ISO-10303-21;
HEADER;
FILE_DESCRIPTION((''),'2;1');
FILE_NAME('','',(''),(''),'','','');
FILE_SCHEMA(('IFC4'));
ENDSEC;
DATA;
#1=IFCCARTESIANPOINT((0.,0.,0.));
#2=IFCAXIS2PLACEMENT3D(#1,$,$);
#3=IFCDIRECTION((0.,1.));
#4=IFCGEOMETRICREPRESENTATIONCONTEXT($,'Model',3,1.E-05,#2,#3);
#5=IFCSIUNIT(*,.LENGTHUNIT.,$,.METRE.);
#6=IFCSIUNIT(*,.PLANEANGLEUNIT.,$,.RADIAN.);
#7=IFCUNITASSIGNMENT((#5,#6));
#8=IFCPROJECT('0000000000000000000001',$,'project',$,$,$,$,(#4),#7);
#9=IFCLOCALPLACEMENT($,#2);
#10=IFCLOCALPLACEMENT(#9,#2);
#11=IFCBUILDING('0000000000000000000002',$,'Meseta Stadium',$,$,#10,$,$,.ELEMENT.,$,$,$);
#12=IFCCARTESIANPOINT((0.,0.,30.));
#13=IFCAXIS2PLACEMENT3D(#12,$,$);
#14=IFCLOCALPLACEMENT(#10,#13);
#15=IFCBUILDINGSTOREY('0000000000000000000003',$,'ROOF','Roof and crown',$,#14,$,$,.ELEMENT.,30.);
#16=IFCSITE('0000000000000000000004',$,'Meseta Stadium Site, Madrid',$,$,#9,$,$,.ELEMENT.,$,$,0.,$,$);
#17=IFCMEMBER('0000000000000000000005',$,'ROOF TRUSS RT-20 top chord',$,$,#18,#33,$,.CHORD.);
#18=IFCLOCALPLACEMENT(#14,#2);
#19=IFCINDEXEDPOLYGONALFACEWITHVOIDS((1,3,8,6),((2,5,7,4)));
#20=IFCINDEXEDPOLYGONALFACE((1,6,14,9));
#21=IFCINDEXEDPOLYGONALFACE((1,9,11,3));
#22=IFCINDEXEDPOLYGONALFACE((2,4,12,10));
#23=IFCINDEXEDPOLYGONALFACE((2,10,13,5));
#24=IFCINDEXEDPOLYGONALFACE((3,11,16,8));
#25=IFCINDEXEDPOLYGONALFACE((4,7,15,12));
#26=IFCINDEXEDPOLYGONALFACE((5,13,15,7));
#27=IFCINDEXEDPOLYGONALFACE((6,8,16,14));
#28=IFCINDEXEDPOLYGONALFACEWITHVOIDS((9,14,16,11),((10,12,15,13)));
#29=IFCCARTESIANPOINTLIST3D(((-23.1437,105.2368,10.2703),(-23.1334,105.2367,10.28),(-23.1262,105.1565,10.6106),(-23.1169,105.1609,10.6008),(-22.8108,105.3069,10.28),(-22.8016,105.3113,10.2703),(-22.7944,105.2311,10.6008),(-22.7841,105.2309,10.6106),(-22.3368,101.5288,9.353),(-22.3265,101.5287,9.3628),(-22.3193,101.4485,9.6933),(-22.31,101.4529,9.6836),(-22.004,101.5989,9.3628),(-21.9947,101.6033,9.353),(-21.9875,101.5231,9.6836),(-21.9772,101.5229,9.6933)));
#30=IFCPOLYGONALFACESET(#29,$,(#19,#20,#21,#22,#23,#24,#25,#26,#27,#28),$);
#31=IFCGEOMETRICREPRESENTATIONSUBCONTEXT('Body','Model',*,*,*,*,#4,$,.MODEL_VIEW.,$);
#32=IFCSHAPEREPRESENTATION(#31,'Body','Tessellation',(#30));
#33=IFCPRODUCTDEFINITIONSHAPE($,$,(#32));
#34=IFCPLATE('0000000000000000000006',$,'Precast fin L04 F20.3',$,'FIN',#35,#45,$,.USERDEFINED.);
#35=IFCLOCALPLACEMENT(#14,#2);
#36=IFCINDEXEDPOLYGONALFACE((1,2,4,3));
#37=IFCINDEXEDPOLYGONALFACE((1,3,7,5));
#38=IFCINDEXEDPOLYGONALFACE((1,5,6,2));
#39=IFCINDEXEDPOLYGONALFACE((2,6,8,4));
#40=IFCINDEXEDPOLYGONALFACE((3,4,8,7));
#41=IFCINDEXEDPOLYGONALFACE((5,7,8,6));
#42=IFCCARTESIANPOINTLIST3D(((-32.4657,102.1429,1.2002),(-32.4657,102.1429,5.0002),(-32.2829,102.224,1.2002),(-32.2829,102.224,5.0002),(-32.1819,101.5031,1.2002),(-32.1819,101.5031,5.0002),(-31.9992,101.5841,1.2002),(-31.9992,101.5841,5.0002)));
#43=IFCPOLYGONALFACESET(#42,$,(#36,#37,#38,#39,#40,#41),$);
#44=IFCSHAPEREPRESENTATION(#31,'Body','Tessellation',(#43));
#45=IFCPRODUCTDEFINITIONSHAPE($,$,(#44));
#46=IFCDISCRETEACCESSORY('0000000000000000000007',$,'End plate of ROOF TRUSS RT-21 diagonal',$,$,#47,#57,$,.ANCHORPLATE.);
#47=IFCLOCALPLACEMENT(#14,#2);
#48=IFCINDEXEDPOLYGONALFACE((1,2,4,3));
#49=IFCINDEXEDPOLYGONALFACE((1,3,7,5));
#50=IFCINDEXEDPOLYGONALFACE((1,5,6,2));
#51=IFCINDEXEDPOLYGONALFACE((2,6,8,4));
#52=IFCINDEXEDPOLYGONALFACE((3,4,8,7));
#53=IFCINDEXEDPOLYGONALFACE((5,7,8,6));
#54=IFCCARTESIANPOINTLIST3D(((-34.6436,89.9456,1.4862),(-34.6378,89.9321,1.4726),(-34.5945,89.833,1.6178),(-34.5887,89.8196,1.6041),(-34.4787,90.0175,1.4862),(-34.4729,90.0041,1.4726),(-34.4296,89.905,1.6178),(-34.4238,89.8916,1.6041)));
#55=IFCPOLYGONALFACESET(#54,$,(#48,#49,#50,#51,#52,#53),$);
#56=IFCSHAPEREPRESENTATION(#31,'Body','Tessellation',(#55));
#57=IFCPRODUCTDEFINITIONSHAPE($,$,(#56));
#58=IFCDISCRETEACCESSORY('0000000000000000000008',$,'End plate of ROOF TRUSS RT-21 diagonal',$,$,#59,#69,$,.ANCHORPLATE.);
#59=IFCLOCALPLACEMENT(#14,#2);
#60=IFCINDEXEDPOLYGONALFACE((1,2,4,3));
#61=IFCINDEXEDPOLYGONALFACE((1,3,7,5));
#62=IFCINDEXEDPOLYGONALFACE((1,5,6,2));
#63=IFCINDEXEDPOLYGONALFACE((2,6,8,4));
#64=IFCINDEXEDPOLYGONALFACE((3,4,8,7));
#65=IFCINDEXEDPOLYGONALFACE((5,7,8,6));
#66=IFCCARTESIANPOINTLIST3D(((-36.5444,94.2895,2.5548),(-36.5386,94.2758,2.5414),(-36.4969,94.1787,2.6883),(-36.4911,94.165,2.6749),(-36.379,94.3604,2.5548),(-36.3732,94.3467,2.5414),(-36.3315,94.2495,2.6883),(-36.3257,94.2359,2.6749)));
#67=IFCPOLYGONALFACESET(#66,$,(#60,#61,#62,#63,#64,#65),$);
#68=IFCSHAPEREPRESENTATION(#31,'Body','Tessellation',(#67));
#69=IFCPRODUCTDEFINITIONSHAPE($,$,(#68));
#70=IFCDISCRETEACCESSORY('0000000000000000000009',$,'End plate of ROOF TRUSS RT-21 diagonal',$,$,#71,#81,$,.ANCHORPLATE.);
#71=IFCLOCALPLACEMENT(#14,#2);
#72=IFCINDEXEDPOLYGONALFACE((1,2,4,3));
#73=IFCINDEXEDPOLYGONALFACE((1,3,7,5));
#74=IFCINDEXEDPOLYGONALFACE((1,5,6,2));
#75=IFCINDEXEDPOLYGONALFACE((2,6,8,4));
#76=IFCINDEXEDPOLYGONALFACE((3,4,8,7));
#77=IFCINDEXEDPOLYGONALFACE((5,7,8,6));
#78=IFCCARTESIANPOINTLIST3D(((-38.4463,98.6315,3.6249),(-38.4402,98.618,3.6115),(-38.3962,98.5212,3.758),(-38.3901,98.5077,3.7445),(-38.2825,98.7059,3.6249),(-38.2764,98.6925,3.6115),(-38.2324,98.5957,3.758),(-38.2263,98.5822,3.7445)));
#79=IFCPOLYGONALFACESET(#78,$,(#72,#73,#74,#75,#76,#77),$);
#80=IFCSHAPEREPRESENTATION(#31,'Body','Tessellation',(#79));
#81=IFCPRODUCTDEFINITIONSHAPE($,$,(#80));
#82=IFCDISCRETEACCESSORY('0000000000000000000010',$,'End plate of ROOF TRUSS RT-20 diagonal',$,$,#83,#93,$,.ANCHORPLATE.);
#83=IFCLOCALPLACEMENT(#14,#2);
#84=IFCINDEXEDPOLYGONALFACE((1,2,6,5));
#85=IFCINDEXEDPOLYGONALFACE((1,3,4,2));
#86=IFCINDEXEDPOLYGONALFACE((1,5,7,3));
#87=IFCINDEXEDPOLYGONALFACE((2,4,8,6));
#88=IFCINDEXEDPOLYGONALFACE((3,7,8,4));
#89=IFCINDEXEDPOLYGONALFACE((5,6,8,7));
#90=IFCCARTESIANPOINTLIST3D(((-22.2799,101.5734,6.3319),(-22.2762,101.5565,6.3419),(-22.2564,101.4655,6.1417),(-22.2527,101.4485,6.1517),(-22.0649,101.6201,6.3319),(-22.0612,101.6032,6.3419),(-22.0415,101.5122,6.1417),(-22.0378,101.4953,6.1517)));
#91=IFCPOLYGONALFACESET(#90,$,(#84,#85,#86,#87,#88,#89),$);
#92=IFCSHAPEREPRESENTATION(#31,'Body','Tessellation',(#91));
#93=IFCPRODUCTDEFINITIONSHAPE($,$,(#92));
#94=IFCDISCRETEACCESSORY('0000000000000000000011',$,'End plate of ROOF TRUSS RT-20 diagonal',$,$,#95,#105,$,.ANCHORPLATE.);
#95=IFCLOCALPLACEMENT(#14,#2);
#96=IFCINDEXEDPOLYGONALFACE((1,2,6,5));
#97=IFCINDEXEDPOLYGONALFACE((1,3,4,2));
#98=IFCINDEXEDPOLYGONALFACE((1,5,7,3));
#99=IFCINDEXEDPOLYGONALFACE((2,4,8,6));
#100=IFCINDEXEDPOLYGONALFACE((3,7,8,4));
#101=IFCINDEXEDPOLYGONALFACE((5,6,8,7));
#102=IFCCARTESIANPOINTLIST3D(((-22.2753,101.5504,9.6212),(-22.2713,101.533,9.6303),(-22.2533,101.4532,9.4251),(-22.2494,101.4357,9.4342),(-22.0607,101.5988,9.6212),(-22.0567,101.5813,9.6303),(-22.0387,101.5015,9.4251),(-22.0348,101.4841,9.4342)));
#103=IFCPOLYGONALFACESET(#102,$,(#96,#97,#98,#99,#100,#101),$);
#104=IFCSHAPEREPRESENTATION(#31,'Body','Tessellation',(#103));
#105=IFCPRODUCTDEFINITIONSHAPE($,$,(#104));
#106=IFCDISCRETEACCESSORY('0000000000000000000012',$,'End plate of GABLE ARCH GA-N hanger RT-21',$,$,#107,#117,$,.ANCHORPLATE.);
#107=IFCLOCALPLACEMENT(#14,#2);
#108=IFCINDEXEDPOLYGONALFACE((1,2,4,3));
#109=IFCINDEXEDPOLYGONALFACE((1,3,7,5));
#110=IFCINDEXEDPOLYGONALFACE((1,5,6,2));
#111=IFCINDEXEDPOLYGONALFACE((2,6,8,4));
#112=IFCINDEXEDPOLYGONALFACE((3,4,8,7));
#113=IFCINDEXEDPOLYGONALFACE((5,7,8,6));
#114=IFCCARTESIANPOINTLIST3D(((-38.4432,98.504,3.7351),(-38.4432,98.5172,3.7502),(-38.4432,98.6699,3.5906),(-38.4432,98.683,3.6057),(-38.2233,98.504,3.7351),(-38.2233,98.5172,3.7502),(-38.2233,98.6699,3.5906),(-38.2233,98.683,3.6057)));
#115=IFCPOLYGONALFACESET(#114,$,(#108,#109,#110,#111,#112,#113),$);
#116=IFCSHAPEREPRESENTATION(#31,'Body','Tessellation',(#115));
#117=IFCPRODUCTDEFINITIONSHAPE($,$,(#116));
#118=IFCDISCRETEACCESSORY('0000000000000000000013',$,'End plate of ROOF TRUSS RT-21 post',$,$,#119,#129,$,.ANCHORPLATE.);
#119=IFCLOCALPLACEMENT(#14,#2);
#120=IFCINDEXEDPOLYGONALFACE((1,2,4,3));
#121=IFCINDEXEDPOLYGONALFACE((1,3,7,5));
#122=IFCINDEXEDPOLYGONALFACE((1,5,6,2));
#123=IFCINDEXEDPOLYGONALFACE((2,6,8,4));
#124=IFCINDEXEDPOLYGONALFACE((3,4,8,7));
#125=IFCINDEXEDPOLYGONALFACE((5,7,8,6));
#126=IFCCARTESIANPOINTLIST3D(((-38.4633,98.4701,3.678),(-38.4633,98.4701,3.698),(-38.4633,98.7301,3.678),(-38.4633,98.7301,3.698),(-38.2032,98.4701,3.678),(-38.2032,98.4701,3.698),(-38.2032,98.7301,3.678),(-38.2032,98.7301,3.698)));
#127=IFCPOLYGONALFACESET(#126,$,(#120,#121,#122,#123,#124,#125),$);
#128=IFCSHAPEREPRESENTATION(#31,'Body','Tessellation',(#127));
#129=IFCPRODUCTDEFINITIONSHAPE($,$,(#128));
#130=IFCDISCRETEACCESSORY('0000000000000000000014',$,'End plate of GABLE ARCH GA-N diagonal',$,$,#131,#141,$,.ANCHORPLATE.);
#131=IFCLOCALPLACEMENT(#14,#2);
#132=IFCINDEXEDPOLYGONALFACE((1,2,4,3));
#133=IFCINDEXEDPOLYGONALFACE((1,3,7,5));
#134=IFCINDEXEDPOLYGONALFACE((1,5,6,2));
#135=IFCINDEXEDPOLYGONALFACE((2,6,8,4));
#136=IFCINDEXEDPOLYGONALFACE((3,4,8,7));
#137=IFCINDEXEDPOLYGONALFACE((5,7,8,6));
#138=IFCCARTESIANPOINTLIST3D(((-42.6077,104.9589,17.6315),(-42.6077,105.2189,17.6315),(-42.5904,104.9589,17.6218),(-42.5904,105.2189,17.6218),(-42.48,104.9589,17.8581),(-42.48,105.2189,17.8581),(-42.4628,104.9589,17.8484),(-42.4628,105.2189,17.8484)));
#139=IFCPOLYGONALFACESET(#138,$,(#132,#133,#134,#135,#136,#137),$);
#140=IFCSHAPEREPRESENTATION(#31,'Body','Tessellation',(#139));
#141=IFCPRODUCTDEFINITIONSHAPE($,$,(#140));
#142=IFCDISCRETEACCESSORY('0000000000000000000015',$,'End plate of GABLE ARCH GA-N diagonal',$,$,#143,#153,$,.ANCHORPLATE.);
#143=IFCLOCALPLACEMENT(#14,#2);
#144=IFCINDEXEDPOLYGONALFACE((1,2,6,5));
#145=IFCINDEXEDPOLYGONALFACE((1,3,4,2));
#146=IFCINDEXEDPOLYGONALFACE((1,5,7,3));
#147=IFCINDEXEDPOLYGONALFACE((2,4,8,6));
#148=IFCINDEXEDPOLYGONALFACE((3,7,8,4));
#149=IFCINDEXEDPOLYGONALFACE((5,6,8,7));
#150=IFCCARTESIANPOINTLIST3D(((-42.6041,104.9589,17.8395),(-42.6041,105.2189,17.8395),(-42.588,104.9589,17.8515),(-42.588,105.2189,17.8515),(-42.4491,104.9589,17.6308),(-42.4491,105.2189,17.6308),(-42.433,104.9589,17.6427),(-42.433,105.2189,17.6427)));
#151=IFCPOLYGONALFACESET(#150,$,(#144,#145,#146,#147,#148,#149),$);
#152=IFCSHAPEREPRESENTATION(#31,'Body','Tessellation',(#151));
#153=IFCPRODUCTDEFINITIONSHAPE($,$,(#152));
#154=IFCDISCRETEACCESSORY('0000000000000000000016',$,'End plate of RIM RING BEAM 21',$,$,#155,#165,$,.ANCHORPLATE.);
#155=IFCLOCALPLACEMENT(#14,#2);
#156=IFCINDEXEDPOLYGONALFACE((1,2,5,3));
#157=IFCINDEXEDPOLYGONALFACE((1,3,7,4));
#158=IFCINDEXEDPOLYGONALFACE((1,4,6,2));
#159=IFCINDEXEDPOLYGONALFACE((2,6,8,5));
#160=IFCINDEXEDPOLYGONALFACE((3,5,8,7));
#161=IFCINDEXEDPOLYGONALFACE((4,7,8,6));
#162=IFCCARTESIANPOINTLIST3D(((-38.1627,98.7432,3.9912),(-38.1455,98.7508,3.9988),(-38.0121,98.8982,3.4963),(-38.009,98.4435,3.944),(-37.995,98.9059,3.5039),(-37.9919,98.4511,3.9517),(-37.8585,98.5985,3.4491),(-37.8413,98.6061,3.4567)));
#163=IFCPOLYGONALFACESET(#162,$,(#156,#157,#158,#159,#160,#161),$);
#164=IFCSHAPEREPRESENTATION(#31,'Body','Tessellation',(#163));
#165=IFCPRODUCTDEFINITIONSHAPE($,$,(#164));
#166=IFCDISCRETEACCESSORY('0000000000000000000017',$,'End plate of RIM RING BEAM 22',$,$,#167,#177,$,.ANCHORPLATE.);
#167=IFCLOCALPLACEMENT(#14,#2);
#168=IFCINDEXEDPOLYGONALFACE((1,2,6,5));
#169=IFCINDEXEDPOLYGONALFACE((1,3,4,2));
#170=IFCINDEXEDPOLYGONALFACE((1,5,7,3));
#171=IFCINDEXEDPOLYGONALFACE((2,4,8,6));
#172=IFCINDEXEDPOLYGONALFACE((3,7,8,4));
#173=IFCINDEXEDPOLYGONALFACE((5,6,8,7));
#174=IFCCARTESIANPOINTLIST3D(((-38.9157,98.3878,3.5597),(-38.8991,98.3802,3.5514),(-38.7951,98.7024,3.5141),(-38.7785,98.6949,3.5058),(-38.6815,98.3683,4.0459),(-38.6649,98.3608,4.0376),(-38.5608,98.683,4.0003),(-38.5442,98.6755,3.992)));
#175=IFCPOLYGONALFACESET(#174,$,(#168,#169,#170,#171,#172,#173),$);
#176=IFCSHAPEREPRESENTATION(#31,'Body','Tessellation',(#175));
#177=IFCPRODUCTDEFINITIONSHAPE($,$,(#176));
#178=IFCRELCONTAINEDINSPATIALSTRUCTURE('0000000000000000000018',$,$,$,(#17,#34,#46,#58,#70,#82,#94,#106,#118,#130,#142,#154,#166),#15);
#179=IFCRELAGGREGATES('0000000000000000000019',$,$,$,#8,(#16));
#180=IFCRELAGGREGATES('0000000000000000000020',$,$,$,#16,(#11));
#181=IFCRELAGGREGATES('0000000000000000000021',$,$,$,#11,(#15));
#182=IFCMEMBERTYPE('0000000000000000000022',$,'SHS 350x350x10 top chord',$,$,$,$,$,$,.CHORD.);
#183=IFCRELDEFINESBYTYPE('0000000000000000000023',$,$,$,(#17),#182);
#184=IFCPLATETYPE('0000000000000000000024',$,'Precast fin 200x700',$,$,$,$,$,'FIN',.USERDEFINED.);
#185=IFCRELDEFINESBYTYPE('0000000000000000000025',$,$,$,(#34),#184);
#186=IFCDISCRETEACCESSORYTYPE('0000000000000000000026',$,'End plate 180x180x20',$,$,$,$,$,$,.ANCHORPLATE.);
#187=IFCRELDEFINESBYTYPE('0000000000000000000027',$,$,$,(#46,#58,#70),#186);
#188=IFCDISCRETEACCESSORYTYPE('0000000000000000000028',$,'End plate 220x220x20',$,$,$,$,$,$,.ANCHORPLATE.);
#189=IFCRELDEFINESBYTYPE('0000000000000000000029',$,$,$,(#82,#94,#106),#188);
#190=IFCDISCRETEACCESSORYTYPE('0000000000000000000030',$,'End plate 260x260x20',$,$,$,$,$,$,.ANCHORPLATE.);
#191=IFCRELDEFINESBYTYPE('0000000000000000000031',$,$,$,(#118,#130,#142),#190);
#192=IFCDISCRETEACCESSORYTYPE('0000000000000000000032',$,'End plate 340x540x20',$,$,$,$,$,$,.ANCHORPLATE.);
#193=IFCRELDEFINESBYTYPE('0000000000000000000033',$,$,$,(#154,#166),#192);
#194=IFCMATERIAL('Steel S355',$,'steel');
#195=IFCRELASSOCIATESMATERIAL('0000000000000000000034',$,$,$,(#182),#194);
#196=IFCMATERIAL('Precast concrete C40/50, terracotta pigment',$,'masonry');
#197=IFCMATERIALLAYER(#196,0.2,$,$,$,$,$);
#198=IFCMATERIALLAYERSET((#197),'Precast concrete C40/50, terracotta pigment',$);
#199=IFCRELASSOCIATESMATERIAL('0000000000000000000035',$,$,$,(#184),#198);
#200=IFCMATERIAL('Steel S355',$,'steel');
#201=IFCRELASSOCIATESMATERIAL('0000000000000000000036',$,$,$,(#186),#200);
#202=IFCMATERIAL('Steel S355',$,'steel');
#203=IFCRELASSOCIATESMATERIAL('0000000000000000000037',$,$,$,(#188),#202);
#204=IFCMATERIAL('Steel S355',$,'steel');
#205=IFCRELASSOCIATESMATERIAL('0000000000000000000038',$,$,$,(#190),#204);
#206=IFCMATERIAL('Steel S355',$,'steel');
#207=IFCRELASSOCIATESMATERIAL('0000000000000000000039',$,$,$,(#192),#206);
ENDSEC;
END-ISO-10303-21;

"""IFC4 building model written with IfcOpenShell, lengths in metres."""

from ifc_helpers import new_model, si_unit, direction, frame, origin, origin_2d, place, context, subcontext, project, spatial, rectangle, hollow_rectangle, extrude, material, layer, layer_set, material_profile, profile_set, type_object, element, save


model = new_model("IFC4")

# Units and contexts
model_context = context("Model", 3, precision=1e-05, world=origin(), true_north=direction((0.0, 1.0)))
body_context = subcontext(model_context, "Body", "Model", "MODEL_VIEW")
ifc_project = project(units=[si_unit("LENGTHUNIT", "METRE"), si_unit("PLANEANGLEUNIT", "RADIAN")], contexts=[model_context])

# Site, building, storey
site_placement = place(None, origin())
site = spatial("IfcSite", under=ifc_project, at=site_placement, Name="Meseta Stadium Site, Madrid", CompositionType="ELEMENT", RefElevation=0.0)
building_placement = place(site_placement, origin())
building = spatial("IfcBuilding", under=site, at=building_placement, Name="Meseta Stadium", CompositionType="ELEMENT")
storey_placement = place(building_placement, frame((0.0, 0.0, 30.0)))
storey = spatial("IfcBuildingStorey", under=building, at=storey_placement, Name="ROOF", Description="Roof and crown", CompositionType="ELEMENT", Elevation=30.0)

# Member
ifc_material_1 = material(Name="Steel S355", Category="steel")
ifc_material_profile_1 = material_profile(ifc_material_1, hollow_rectangle(XDim=0.3501, YDim=0.3501, WallThickness=0.01, at=origin_2d()), Name="SHS 350x350x10")
ifc_profile_set_1 = profile_set([ifc_material_profile_1], Name="Steel S355")
member_type_1 = type_object("IfcMemberType", Name="SHS 350x350x10 top chord", PredefinedType="CHORD", material=ifc_profile_set_1)
member_1_placement = place(storey_placement, frame((-22.157, 101.5259, 9.5232), z_axis=(-0.206678, 0.949782, 0.234944), x_axis=(-0.977133, -0.21263, 0.0)))
element("IfcMember", 1, at=member_1_placement, inside=storey, type_object=member_type_1, Name="ROOF TRUSS RT-20 top chord", PredefinedType="CHORD", context=body_context, shape_type="SweptSolid", body=[
    extrude(hollow_rectangle(XDim=0.3501, YDim=0.3501, WallThickness=0.01, at=origin_2d()), origin(), (0.0, 0.0, 1.0), 3.9041),
])

# Plate
ifc_material_2 = material(Name="Precast concrete C40/50, terracotta pigment", Category="masonry")
ifc_layer = layer(ifc_material_2, 0.2)
ifc_layer_set = layer_set([ifc_layer], Name="Precast concrete C40/50, terracotta pigment")
plate_type = type_object("IfcPlateType", Name="Precast fin 200x700", ElementType="FIN", PredefinedType="USERDEFINED", material=ifc_layer_set)
plate_placement = place(storey_placement, frame((-32.2324, 101.8635, 1.2002), z_axis=(0.0, 0.0, 1.0), x_axis=(0.914139, 0.4054, 0.0)))
element("IfcPlate", 2, at=plate_placement, inside=storey, type_object=plate_type, Name="Precast fin L04 F20.3", ObjectType="FIN", PredefinedType="USERDEFINED", context=body_context, shape_type="SweptSolid", body=[
    extrude(rectangle(XDim=0.2, YDim=0.7, at=origin_2d()), origin(), (0.0, 0.0, 1.0), 3.8),
])

# Discrete accessories
ifc_material_3 = material(Name="Steel S355", Category="steel")
ifc_material_profile_2 = material_profile(ifc_material_3, rectangle(XDim=0.1799, YDim=0.1799, at=origin_2d()), Name="PL 180x180")
ifc_profile_set_2 = profile_set([ifc_material_profile_2], Name="Steel S355")
discrete_accessory_type_1 = type_object("IfcDiscreteAccessoryType", Name="End plate 180x180x20", PredefinedType="ANCHORPLATE", material=ifc_profile_set_2)
for number, where, z_axis, x_axis, name in (
    (3, (-34.5308, 89.9119, 1.5383), (-0.2924, 0.670084, 0.682268), (-0.916539, -0.399944, 0.0), "End plate of ROOF TRUSS RT-21 diagonal"),
    (4, (-36.4321, 94.2559, 2.6082), (-0.2924, 0.682268, 0.670084), (-0.919145, -0.393919, 0.0), "End plate of ROOF TRUSS RT-21 diagonal"),
    (5, (-38.3333, 98.6001, 3.678), (-0.305995, 0.673189, 0.673189), (-0.910366, -0.413803, 0.0), "End plate of ROOF TRUSS RT-21 diagonal"),
):
    element("IfcDiscreteAccessory", number, at=place(storey_placement, frame(where, z_axis=z_axis, x_axis=x_axis)), inside=storey, type_object=discrete_accessory_type_1, Name=name, PredefinedType="ANCHORPLATE", context=body_context, shape_type="SweptSolid", body=[
        extrude(rectangle(XDim=0.1799, YDim=0.1799, at=origin_2d()), origin(), (0.0, 0.0, 1.0), 0.02),
    ])
ifc_material_4 = material(Name="Steel S355", Category="steel")
ifc_material_profile_3 = material_profile(ifc_material_4, rectangle(XDim=0.22, YDim=0.22, at=origin_2d()), Name="PL 220x220")
ifc_profile_set_3 = profile_set([ifc_material_profile_3], Name="Steel S355")
discrete_accessory_type_2 = type_object("IfcDiscreteAccessoryType", Name="End plate 220x220x20", PredefinedType="ANCHORPLATE", material=ifc_profile_set_3)
for number, where, z_axis, x_axis, name in (
    (6, (-22.157, 101.5259, 6.2468), (-0.183707, 0.845053, -0.502133), (-0.977176, -0.21243, 0.0), "End plate of ROOF TRUSS RT-20 diagonal"),
    (7, (-22.1531, 101.5085, 9.5322), (-0.195969, 0.869612, -0.453178), (-0.975536, -0.219839, 0.0), "End plate of ROOF TRUSS RT-20 diagonal"),
    (8, (-38.3333, 98.6001, 3.678), (0.0, -0.656781, -0.754082), (1.0, 0.0, 0.0), "End plate of GABLE ARCH GA-N hanger RT-21"),
):
    element("IfcDiscreteAccessory", number, at=place(storey_placement, frame(where, z_axis=z_axis, x_axis=x_axis)), inside=storey, type_object=discrete_accessory_type_2, Name=name, PredefinedType="ANCHORPLATE", context=body_context, shape_type="SweptSolid", body=[
        extrude(rectangle(XDim=0.22, YDim=0.22, at=origin_2d()), origin(), (0.0, 0.0, 1.0), 0.02),
    ])
ifc_material_5 = material(Name="Steel S355", Category="steel")
ifc_material_profile_4 = material_profile(ifc_material_5, rectangle(XDim=0.26, YDim=0.26, at=origin_2d()), Name="PL 260x260")
ifc_profile_set_4 = profile_set([ifc_material_profile_4], Name="Steel S355")
discrete_accessory_type_3 = type_object("IfcDiscreteAccessoryType", Name="End plate 260x260x20", PredefinedType="ANCHORPLATE", material=ifc_profile_set_4)
discrete_accessory_1_placement = place(storey_placement, frame((-38.3333, 98.6001, 3.678), z_axis=(0.0, 0.0, 1.0), x_axis=(1.0, 0.0, 0.0)))
element("IfcDiscreteAccessory", 9, at=discrete_accessory_1_placement, inside=storey, type_object=discrete_accessory_type_3, Name="End plate of ROOF TRUSS RT-21 post", PredefinedType="ANCHORPLATE", context=body_context, shape_type="SweptSolid", body=[
    extrude(rectangle(XDim=0.26, YDim=0.26, at=origin_2d()), origin(), (0.0, 0.0, 1.0), 0.02),
])
discrete_accessory_2_placement = place(storey_placement, frame((-42.5266, 105.0889, 17.7351), z_axis=(-0.871248, 0.0, 0.490844), x_axis=(0.0, -1.0, 0.0)))
element("IfcDiscreteAccessory", 10, at=discrete_accessory_2_placement, inside=storey, type_object=discrete_accessory_type_3, Name="End plate of GABLE ARCH GA-N diagonal", PredefinedType="ANCHORPLATE", context=body_context, shape_type="SweptSolid", body=[
    extrude(rectangle(XDim=0.26, YDim=0.26, at=origin_2d()), origin(), (0.0, 0.0, 1.0), 0.0198),
])
discrete_accessory_3_placement = place(storey_placement, frame((-42.5105, 105.0889, 17.7471), z_axis=(-0.80291, 0.0, -0.5961), x_axis=(0.0, -1.0, 0.0)))
element("IfcDiscreteAccessory", 11, at=discrete_accessory_3_placement, inside=storey, type_object=discrete_accessory_type_3, Name="End plate of GABLE ARCH GA-N diagonal", PredefinedType="ANCHORPLATE", context=body_context, shape_type="SweptSolid", body=[
    extrude(rectangle(XDim=0.26, YDim=0.26, at=origin_2d()), origin(), (0.0, 0.0, 1.0), 0.02),
])
ifc_material_6 = material(Name="Steel S355", Category="steel")
ifc_material_profile_5 = material_profile(ifc_material_6, rectangle(XDim=0.3401, YDim=0.54, at=origin_2d()), Name="PL 340x540")
ifc_profile_set_5 = profile_set([ifc_material_profile_5], Name="Steel S355")
discrete_accessory_type_4 = type_object("IfcDiscreteAccessoryType", Name="End plate 340x540x20", PredefinedType="ANCHORPLATE", material=ifc_profile_set_5)
discrete_accessory_4_placement = place(storey_placement, frame((-37.9934, 98.6785, 3.7278), z_axis=(-0.847505, -0.375324, -0.375324), x_axis=(0.451726, -0.881306, -0.138722)))
element("IfcDiscreteAccessory", 12, at=discrete_accessory_4_placement, inside=storey, type_object=discrete_accessory_type_4, Name="End plate of RIM RING BEAM 21", PredefinedType="ANCHORPLATE", context=body_context, shape_type="SweptSolid", body=[
    extrude(rectangle(XDim=0.3401, YDim=0.54, at=origin_2d()), origin(), (0.0, 0.0, 1.0), 0.0203),
])
discrete_accessory_5_placement = place(storey_placement, frame((-38.7217, 98.5278, 3.7717), z_axis=(-0.828222, 0.377572, 0.414111), x_axis=(-0.35482, -0.925282, 0.134)))
element("IfcDiscreteAccessory", 13, at=discrete_accessory_5_placement, inside=storey, type_object=discrete_accessory_type_4, Name="End plate of RIM RING BEAM 22", PredefinedType="ANCHORPLATE", context=body_context, shape_type="SweptSolid", body=[
    extrude(rectangle(XDim=0.3401, YDim=0.54, at=origin_2d()), origin(), (0.0, 0.0, 1.0), 0.02),
])

save(model, "model.ifc")
